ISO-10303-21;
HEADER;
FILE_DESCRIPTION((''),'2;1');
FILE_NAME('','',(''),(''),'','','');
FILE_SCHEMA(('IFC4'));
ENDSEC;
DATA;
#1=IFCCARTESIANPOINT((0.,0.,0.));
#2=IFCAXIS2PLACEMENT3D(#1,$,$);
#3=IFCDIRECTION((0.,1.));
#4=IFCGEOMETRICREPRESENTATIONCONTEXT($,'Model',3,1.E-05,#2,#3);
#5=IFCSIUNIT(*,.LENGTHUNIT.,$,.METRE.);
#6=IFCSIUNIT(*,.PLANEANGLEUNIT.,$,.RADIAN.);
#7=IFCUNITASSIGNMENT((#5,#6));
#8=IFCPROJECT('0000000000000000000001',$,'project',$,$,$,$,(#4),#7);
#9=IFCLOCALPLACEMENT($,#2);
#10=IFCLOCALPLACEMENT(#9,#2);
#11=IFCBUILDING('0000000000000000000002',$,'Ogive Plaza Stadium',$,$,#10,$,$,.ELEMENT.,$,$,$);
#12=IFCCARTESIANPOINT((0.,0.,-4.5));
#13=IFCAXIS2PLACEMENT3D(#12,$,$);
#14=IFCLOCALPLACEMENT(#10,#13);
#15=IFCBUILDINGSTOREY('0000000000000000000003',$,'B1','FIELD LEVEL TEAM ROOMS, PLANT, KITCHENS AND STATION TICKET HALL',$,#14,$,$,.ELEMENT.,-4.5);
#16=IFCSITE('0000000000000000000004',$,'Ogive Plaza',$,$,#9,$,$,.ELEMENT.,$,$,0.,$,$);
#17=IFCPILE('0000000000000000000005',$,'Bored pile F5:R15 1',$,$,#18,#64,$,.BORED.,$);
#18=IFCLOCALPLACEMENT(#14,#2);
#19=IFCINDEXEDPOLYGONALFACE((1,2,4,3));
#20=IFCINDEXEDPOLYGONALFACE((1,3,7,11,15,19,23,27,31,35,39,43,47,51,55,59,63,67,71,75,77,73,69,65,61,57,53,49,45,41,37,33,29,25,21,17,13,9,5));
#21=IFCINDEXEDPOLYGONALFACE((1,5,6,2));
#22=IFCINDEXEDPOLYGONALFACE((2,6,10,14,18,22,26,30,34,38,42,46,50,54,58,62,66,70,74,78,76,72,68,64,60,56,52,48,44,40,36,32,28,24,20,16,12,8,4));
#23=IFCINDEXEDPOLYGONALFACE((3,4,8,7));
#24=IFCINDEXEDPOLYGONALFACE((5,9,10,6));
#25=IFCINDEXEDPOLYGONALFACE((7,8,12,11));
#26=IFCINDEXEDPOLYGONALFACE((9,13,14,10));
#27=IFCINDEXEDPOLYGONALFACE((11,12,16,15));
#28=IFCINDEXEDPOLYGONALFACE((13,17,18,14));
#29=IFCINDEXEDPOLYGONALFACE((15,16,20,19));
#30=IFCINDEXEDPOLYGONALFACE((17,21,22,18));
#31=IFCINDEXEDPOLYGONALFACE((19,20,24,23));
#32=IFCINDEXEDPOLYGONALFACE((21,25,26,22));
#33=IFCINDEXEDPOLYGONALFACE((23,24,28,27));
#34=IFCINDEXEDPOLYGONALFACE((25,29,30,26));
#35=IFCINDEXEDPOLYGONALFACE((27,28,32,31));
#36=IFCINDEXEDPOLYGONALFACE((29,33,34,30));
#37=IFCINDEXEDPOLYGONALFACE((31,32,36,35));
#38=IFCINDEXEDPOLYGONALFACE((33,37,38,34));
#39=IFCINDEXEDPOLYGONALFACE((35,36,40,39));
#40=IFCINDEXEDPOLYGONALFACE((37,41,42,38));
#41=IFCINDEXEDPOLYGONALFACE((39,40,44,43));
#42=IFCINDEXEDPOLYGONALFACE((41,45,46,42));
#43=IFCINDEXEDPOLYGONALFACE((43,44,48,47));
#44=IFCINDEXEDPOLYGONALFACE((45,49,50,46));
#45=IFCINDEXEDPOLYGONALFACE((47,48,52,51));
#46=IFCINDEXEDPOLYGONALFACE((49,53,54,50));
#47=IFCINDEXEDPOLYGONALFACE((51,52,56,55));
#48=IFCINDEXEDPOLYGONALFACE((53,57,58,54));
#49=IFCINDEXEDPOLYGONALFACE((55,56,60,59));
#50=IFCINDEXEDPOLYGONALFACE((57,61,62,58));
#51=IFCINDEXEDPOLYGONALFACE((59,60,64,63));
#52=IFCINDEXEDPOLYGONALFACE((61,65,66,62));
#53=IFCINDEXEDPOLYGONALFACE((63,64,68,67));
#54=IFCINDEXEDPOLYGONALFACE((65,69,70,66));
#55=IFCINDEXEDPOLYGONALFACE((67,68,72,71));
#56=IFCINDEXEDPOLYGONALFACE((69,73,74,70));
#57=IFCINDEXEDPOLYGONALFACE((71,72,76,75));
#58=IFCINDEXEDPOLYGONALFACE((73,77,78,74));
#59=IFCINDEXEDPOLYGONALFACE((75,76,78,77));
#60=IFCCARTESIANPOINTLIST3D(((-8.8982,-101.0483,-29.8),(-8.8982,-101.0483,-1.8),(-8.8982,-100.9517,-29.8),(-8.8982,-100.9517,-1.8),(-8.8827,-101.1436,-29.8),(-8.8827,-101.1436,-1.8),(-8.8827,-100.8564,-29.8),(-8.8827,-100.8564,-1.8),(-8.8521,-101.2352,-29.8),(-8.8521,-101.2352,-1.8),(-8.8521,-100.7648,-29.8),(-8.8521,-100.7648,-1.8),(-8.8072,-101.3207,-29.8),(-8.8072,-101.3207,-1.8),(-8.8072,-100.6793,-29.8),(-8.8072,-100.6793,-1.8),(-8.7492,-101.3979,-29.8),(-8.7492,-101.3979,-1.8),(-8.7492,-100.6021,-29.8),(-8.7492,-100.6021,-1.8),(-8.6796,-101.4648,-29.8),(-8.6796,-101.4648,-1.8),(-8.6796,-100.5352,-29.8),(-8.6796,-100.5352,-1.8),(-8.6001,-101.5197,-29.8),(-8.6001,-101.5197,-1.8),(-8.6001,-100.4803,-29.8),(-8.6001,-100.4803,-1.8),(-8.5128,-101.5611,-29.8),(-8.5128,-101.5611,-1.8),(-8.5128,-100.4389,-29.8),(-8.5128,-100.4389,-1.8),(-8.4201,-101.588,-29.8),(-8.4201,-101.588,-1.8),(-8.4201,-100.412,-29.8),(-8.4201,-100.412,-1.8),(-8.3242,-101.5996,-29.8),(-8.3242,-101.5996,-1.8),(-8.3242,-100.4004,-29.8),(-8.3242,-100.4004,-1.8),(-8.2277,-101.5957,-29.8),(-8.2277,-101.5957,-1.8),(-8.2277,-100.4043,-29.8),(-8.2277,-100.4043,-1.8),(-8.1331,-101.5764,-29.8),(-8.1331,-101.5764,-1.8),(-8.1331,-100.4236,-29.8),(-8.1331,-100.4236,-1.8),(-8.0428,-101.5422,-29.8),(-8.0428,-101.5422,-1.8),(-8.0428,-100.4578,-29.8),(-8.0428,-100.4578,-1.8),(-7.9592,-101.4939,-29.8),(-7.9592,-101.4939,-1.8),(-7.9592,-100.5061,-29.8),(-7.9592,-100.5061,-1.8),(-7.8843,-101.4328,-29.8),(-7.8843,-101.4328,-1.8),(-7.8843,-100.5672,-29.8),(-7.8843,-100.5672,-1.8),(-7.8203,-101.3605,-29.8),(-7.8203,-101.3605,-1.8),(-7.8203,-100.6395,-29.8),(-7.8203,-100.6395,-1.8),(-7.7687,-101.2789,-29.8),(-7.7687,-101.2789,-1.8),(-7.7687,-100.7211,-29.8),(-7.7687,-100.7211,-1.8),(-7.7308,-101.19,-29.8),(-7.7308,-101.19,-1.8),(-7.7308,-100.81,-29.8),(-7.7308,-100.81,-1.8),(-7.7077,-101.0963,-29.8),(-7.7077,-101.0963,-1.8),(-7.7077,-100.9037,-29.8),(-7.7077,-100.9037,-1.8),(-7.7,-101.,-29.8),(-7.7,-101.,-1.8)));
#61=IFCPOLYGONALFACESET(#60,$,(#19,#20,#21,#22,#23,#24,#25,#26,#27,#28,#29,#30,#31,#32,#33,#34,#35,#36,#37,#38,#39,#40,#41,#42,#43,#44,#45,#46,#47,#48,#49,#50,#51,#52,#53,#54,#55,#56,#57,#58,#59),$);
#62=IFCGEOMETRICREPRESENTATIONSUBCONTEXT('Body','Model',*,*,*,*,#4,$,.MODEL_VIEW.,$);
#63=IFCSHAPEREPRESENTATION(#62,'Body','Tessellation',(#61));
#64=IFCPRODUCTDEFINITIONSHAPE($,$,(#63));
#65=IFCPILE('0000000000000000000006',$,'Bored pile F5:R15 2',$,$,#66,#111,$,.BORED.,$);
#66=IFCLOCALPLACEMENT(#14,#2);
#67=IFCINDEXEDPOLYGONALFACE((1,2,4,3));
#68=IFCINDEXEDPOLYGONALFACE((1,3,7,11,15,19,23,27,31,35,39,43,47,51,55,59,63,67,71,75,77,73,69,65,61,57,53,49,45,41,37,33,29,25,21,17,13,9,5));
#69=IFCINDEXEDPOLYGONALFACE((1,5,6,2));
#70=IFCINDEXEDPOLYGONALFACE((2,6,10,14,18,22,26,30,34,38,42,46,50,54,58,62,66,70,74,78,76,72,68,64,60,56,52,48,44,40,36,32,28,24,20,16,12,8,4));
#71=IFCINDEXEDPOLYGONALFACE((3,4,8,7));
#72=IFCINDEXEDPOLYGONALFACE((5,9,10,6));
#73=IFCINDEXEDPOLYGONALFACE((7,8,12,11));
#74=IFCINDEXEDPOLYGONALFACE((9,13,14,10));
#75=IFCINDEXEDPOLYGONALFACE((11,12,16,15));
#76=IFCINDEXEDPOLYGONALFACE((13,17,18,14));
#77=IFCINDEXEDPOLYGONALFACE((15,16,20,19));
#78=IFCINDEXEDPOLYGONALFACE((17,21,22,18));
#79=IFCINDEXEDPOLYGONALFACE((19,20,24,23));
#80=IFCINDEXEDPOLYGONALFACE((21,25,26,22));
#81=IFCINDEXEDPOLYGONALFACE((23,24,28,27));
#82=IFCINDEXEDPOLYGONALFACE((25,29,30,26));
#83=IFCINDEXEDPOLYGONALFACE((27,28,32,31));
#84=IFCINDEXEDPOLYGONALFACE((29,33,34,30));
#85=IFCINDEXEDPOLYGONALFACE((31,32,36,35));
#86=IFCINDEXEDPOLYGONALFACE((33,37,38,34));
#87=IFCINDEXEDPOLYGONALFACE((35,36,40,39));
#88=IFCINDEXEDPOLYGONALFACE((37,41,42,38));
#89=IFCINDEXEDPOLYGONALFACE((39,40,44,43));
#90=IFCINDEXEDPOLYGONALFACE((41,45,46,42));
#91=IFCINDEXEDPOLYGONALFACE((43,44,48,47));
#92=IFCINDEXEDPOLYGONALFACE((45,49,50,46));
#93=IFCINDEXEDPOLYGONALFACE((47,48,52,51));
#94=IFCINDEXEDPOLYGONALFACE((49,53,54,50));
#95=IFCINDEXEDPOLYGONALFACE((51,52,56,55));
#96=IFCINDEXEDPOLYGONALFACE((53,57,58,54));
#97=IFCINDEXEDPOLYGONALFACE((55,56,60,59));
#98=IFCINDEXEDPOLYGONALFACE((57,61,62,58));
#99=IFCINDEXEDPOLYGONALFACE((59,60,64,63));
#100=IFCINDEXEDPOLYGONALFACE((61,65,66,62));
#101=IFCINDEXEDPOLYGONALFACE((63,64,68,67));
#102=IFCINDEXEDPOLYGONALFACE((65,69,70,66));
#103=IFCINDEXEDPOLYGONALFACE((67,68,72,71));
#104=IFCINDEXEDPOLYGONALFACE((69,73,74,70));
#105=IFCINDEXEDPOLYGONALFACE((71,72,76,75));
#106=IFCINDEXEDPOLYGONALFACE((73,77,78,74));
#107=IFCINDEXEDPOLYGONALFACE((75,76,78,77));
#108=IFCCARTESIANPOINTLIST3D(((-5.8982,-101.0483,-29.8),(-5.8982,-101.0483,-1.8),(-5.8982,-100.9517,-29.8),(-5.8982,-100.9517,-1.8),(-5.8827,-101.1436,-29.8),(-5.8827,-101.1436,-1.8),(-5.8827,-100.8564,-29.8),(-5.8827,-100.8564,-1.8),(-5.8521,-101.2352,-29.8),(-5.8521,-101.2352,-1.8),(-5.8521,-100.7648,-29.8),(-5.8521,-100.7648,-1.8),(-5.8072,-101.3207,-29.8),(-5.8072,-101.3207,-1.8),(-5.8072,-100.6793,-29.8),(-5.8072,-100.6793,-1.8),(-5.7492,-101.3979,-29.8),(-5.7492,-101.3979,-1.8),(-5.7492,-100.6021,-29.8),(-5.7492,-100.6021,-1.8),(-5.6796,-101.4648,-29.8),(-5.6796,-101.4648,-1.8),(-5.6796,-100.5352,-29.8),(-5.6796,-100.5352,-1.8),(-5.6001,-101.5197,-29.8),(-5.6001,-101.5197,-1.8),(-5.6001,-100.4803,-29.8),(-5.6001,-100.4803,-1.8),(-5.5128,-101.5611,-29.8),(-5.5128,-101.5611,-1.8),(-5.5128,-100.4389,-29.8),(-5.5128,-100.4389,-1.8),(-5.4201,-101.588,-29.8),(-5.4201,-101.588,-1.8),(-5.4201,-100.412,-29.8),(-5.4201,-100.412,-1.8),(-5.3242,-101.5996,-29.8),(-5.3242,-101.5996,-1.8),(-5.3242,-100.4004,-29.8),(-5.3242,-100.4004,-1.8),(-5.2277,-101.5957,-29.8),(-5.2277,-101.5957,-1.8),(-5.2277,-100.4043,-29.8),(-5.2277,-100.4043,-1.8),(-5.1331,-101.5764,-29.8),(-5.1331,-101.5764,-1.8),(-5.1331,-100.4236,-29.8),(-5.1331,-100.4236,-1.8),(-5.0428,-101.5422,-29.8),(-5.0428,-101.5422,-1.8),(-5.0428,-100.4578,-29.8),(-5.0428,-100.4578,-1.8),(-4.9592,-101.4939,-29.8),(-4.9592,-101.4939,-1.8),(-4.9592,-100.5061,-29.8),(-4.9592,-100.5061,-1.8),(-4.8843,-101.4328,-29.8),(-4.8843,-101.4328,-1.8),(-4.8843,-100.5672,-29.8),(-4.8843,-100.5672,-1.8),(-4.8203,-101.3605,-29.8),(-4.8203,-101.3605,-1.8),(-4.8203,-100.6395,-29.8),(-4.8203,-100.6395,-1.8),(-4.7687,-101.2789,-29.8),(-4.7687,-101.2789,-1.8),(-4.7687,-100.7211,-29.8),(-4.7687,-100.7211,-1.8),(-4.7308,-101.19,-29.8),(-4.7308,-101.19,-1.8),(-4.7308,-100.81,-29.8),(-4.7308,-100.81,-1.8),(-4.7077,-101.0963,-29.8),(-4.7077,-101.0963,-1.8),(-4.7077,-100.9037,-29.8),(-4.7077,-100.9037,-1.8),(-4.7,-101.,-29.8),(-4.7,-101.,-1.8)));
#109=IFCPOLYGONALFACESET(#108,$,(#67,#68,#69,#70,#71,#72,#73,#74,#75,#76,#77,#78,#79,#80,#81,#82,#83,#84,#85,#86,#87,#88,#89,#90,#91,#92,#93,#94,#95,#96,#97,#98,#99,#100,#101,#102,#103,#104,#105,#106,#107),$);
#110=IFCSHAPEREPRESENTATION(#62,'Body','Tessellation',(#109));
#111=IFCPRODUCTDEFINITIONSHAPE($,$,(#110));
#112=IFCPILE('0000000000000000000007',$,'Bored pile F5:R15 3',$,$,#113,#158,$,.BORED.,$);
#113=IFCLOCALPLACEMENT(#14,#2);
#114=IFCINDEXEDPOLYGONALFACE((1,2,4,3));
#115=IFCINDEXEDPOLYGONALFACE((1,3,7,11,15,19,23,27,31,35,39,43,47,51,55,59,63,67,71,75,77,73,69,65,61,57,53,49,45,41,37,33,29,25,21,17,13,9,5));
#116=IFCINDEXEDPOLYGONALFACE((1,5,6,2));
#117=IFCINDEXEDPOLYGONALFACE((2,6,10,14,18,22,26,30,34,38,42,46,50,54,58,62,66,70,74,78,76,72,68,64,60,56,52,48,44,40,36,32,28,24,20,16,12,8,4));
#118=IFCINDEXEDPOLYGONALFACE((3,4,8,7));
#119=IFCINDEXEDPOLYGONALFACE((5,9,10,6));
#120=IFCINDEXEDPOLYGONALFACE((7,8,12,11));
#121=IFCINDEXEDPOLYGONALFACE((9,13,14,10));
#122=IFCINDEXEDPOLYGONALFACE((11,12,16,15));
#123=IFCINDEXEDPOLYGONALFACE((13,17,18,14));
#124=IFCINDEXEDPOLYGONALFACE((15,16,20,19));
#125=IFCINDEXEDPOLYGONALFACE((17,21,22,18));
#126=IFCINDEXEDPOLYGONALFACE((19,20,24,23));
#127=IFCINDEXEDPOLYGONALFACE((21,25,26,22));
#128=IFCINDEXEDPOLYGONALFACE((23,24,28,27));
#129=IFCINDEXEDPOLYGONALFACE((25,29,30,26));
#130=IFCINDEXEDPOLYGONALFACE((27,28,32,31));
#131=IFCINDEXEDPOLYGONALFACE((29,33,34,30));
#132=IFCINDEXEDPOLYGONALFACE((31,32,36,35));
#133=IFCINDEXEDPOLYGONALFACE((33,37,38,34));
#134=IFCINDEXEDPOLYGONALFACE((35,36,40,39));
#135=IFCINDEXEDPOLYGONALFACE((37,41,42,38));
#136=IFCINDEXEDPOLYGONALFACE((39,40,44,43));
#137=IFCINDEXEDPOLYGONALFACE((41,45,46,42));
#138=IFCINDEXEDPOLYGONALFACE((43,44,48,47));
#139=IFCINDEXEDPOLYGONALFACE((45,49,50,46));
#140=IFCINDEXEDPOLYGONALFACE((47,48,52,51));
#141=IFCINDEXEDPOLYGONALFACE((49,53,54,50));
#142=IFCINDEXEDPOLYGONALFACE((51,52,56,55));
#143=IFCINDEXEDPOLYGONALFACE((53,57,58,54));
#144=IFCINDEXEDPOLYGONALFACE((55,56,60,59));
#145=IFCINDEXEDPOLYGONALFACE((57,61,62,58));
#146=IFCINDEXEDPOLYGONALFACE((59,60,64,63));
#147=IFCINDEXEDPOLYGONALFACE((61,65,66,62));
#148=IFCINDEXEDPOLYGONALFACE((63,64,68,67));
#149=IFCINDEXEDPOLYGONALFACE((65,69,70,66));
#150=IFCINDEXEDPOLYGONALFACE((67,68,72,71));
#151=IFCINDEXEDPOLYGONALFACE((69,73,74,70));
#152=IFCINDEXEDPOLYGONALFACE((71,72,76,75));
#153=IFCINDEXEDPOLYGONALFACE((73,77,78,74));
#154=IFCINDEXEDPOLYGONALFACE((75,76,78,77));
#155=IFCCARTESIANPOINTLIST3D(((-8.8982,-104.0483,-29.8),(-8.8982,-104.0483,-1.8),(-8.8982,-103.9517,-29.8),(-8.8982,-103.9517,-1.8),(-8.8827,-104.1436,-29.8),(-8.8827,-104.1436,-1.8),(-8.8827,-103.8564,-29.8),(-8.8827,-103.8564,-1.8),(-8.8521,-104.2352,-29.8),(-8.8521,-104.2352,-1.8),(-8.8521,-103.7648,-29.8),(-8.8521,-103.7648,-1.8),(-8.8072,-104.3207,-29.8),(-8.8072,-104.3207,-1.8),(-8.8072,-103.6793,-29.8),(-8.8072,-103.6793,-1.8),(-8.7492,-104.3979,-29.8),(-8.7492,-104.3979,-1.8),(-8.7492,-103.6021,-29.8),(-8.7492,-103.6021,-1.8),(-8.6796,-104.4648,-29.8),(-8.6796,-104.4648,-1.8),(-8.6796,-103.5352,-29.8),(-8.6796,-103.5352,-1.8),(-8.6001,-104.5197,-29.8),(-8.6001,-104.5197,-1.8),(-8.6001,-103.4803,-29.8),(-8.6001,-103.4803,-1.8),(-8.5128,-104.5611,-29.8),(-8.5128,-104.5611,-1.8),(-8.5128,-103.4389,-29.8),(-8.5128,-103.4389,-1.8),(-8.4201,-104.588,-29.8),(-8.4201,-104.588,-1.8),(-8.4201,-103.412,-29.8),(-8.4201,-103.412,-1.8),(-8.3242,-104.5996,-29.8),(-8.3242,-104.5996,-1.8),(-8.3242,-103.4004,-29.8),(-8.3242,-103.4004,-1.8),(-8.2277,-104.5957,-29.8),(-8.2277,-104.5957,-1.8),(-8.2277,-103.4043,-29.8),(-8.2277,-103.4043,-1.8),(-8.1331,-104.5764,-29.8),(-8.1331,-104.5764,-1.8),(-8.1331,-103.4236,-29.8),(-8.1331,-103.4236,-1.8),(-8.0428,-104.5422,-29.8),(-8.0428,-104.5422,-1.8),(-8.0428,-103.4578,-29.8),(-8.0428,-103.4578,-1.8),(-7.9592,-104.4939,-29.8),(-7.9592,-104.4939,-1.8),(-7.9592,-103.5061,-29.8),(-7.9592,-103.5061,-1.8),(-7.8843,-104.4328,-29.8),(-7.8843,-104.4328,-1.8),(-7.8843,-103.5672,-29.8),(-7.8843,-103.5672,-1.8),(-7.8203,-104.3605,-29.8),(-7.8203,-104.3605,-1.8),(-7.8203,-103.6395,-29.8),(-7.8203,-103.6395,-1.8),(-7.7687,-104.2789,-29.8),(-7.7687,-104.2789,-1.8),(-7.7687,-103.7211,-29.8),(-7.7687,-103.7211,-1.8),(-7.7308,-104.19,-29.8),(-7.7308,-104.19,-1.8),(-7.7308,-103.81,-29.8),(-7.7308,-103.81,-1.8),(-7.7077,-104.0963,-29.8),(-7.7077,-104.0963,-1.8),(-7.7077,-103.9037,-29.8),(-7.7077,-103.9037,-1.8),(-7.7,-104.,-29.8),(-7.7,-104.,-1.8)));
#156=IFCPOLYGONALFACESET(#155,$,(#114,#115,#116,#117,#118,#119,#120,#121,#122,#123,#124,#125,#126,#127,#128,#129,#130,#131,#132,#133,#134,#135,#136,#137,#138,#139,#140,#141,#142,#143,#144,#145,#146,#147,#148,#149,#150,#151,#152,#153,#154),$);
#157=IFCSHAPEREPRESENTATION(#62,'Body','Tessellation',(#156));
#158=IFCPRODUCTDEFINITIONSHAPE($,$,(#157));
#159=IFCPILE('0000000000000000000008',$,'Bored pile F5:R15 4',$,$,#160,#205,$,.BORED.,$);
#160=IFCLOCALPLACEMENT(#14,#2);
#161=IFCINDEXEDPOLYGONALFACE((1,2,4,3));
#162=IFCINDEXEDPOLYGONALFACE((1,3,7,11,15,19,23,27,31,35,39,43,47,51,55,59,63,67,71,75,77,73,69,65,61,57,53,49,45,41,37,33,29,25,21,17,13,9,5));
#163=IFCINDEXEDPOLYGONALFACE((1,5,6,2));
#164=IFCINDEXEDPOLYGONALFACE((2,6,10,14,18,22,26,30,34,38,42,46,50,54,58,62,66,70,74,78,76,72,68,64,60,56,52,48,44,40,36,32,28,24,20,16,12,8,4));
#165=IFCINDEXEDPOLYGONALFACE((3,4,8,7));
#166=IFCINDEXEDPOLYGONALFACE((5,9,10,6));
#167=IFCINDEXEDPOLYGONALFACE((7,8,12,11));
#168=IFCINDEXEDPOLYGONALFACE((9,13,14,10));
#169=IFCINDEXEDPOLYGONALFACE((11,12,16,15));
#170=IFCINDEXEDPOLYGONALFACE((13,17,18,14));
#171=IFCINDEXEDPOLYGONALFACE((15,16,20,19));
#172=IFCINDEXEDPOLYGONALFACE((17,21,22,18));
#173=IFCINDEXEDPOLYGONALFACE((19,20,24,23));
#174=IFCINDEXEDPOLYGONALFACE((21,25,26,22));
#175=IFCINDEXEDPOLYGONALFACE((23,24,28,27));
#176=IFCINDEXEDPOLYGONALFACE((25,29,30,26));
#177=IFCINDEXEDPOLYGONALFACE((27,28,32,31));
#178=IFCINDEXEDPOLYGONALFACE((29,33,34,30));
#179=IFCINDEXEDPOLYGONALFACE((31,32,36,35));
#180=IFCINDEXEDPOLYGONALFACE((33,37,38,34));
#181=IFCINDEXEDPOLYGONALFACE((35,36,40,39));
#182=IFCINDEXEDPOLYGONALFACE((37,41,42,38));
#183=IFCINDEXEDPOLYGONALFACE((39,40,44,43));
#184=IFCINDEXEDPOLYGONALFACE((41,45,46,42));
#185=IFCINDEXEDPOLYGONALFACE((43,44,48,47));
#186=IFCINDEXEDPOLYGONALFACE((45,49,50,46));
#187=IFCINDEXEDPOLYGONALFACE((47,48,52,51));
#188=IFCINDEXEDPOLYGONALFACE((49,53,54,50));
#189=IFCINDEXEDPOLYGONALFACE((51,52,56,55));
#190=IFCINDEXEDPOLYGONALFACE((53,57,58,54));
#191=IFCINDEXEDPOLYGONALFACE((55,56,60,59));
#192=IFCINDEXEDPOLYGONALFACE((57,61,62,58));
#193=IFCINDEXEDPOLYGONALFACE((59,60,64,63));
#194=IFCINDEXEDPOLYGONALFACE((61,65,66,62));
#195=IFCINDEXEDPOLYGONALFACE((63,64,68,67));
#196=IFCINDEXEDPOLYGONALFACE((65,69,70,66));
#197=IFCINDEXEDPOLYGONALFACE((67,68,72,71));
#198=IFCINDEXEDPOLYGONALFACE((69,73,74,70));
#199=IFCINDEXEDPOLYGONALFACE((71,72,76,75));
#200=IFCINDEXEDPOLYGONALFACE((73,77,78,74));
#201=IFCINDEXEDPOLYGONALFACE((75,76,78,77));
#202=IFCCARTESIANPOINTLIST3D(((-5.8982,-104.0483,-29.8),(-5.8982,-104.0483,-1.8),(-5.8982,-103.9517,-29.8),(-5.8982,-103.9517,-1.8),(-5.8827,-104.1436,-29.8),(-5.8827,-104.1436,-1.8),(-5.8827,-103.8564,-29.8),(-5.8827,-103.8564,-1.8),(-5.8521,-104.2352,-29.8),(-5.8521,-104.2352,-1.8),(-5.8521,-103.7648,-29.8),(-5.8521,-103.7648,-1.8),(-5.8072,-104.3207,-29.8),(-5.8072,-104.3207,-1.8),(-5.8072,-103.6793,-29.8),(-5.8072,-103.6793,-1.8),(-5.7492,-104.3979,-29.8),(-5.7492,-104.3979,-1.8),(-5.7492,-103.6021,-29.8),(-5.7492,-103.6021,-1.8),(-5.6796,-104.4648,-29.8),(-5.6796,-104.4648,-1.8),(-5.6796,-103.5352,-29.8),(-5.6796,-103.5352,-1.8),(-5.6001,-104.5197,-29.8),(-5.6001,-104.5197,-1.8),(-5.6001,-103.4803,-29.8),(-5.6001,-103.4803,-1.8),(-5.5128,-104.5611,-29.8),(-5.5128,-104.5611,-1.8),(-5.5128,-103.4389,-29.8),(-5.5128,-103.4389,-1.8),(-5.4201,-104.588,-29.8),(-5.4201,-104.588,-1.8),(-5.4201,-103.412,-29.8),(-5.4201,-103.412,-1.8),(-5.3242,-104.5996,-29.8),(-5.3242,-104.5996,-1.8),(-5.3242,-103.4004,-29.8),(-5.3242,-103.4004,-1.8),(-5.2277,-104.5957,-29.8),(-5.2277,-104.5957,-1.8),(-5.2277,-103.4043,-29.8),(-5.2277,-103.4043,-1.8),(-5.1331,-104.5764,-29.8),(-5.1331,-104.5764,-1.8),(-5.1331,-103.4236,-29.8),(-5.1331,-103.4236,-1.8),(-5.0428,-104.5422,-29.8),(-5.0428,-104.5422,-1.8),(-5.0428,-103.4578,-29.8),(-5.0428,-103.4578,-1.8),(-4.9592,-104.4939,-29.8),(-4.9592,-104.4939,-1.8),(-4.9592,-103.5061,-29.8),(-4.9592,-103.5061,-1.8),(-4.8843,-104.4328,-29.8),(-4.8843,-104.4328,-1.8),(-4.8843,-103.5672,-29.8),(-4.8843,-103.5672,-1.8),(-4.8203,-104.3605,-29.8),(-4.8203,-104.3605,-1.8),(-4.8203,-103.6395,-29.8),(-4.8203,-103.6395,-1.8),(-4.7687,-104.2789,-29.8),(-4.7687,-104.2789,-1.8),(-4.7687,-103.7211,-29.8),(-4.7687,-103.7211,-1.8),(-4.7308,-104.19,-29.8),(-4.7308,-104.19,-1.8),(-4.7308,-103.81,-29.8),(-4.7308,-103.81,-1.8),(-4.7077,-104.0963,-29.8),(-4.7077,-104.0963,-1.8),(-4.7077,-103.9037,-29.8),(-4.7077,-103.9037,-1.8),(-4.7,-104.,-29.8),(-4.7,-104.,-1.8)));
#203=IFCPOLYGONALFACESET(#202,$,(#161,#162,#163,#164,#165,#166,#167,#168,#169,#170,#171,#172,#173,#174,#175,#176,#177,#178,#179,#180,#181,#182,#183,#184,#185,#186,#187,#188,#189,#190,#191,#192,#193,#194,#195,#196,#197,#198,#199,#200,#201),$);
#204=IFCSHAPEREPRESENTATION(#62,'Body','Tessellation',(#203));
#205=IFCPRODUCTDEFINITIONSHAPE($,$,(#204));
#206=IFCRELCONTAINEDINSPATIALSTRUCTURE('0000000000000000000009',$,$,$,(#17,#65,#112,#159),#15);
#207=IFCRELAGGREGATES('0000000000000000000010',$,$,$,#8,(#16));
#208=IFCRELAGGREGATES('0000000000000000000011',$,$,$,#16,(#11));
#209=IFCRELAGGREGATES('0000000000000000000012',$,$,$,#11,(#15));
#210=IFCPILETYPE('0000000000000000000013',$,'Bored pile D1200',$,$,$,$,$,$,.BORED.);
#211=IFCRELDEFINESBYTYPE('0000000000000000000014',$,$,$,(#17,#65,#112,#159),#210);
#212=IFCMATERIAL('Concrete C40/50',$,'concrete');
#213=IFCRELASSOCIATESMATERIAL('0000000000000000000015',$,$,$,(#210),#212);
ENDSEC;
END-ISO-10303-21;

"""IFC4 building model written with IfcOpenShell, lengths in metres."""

from ifc_helpers import new_model, si_unit, direction, frame, origin, origin_2d, place, context, subcontext, project, spatial, circle, extrude, material, material_profile, profile_set, type_object, element, save


model = new_model("IFC4")

# Units and contexts
model_context = context("Model", 3, precision=1e-05, world=origin(), true_north=direction((0.0, 1.0)))
body_context = subcontext(model_context, "Body", "Model", "MODEL_VIEW")
ifc_project = project(units=[si_unit("LENGTHUNIT", "METRE"), si_unit("PLANEANGLEUNIT", "RADIAN")], contexts=[model_context])

# Site, building, storey
site_placement = place(None, origin())
site = spatial("IfcSite", under=ifc_project, at=site_placement, Name="Ogive Plaza", CompositionType="ELEMENT", RefElevation=0.0)
building_placement = place(site_placement, origin())
building = spatial("IfcBuilding", under=site, at=building_placement, Name="Ogive Plaza Stadium", CompositionType="ELEMENT")
storey_placement = place(building_placement, frame((0.0, 0.0, -4.5)))
storey = spatial("IfcBuildingStorey", under=building, at=storey_placement, Name="B1", Description="FIELD LEVEL TEAM ROOMS, PLANT, KITCHENS AND STATION TICKET HALL", CompositionType="ELEMENT", Elevation=-4.5)

# Piles
ifc_material_1 = material(Name="Concrete C40/50", Category="concrete")
ifc_material_profile_1 = material_profile(ifc_material_1, circle(Radius=0.6001, at=origin_2d()), Name="RC D1200")
ifc_profile_set_1 = profile_set([ifc_material_profile_1], Name="Concrete C40/50")
pile_type_1 = type_object("IfcPileType", Name="Bored pile D1200", PredefinedType="BORED", material=ifc_profile_set_1)
for number, where, z_axis, x_axis, name in (
    (1, (-8.3, -101.0, -1.8), (0.0, 0.0, -1.0), (1.0, 0.0, 0.0), "Bored pile F5:R15 1"),
    (2, (-5.3, -101.0, -1.8), (0.0, 0.0, -1.0), (1.0, 0.0, 0.0), "Bored pile F5:R15 2"),
    (3, (-8.3, -104.0, -1.8), (0.0, 0.0, -1.0), (1.0, 0.0, 0.0), "Bored pile F5:R15 3"),
    (4, (-5.3, -104.0, -1.8), (0.0, 0.0, -1.0), (1.0, 0.0, 0.0), "Bored pile F5:R15 4"),
):
    element("IfcPile", number, at=place(storey_placement, frame(where, z_axis=z_axis, x_axis=x_axis)), inside=storey, type_object=pile_type_1, Name=name, PredefinedType="BORED", context=body_context, shape_type="SweptSolid", body=[
        extrude(circle(Radius=0.6001, at=origin_2d()), origin(), (0.0, 0.0, 1.0), 28.0),
    ])

save(model, "model.ifc")
